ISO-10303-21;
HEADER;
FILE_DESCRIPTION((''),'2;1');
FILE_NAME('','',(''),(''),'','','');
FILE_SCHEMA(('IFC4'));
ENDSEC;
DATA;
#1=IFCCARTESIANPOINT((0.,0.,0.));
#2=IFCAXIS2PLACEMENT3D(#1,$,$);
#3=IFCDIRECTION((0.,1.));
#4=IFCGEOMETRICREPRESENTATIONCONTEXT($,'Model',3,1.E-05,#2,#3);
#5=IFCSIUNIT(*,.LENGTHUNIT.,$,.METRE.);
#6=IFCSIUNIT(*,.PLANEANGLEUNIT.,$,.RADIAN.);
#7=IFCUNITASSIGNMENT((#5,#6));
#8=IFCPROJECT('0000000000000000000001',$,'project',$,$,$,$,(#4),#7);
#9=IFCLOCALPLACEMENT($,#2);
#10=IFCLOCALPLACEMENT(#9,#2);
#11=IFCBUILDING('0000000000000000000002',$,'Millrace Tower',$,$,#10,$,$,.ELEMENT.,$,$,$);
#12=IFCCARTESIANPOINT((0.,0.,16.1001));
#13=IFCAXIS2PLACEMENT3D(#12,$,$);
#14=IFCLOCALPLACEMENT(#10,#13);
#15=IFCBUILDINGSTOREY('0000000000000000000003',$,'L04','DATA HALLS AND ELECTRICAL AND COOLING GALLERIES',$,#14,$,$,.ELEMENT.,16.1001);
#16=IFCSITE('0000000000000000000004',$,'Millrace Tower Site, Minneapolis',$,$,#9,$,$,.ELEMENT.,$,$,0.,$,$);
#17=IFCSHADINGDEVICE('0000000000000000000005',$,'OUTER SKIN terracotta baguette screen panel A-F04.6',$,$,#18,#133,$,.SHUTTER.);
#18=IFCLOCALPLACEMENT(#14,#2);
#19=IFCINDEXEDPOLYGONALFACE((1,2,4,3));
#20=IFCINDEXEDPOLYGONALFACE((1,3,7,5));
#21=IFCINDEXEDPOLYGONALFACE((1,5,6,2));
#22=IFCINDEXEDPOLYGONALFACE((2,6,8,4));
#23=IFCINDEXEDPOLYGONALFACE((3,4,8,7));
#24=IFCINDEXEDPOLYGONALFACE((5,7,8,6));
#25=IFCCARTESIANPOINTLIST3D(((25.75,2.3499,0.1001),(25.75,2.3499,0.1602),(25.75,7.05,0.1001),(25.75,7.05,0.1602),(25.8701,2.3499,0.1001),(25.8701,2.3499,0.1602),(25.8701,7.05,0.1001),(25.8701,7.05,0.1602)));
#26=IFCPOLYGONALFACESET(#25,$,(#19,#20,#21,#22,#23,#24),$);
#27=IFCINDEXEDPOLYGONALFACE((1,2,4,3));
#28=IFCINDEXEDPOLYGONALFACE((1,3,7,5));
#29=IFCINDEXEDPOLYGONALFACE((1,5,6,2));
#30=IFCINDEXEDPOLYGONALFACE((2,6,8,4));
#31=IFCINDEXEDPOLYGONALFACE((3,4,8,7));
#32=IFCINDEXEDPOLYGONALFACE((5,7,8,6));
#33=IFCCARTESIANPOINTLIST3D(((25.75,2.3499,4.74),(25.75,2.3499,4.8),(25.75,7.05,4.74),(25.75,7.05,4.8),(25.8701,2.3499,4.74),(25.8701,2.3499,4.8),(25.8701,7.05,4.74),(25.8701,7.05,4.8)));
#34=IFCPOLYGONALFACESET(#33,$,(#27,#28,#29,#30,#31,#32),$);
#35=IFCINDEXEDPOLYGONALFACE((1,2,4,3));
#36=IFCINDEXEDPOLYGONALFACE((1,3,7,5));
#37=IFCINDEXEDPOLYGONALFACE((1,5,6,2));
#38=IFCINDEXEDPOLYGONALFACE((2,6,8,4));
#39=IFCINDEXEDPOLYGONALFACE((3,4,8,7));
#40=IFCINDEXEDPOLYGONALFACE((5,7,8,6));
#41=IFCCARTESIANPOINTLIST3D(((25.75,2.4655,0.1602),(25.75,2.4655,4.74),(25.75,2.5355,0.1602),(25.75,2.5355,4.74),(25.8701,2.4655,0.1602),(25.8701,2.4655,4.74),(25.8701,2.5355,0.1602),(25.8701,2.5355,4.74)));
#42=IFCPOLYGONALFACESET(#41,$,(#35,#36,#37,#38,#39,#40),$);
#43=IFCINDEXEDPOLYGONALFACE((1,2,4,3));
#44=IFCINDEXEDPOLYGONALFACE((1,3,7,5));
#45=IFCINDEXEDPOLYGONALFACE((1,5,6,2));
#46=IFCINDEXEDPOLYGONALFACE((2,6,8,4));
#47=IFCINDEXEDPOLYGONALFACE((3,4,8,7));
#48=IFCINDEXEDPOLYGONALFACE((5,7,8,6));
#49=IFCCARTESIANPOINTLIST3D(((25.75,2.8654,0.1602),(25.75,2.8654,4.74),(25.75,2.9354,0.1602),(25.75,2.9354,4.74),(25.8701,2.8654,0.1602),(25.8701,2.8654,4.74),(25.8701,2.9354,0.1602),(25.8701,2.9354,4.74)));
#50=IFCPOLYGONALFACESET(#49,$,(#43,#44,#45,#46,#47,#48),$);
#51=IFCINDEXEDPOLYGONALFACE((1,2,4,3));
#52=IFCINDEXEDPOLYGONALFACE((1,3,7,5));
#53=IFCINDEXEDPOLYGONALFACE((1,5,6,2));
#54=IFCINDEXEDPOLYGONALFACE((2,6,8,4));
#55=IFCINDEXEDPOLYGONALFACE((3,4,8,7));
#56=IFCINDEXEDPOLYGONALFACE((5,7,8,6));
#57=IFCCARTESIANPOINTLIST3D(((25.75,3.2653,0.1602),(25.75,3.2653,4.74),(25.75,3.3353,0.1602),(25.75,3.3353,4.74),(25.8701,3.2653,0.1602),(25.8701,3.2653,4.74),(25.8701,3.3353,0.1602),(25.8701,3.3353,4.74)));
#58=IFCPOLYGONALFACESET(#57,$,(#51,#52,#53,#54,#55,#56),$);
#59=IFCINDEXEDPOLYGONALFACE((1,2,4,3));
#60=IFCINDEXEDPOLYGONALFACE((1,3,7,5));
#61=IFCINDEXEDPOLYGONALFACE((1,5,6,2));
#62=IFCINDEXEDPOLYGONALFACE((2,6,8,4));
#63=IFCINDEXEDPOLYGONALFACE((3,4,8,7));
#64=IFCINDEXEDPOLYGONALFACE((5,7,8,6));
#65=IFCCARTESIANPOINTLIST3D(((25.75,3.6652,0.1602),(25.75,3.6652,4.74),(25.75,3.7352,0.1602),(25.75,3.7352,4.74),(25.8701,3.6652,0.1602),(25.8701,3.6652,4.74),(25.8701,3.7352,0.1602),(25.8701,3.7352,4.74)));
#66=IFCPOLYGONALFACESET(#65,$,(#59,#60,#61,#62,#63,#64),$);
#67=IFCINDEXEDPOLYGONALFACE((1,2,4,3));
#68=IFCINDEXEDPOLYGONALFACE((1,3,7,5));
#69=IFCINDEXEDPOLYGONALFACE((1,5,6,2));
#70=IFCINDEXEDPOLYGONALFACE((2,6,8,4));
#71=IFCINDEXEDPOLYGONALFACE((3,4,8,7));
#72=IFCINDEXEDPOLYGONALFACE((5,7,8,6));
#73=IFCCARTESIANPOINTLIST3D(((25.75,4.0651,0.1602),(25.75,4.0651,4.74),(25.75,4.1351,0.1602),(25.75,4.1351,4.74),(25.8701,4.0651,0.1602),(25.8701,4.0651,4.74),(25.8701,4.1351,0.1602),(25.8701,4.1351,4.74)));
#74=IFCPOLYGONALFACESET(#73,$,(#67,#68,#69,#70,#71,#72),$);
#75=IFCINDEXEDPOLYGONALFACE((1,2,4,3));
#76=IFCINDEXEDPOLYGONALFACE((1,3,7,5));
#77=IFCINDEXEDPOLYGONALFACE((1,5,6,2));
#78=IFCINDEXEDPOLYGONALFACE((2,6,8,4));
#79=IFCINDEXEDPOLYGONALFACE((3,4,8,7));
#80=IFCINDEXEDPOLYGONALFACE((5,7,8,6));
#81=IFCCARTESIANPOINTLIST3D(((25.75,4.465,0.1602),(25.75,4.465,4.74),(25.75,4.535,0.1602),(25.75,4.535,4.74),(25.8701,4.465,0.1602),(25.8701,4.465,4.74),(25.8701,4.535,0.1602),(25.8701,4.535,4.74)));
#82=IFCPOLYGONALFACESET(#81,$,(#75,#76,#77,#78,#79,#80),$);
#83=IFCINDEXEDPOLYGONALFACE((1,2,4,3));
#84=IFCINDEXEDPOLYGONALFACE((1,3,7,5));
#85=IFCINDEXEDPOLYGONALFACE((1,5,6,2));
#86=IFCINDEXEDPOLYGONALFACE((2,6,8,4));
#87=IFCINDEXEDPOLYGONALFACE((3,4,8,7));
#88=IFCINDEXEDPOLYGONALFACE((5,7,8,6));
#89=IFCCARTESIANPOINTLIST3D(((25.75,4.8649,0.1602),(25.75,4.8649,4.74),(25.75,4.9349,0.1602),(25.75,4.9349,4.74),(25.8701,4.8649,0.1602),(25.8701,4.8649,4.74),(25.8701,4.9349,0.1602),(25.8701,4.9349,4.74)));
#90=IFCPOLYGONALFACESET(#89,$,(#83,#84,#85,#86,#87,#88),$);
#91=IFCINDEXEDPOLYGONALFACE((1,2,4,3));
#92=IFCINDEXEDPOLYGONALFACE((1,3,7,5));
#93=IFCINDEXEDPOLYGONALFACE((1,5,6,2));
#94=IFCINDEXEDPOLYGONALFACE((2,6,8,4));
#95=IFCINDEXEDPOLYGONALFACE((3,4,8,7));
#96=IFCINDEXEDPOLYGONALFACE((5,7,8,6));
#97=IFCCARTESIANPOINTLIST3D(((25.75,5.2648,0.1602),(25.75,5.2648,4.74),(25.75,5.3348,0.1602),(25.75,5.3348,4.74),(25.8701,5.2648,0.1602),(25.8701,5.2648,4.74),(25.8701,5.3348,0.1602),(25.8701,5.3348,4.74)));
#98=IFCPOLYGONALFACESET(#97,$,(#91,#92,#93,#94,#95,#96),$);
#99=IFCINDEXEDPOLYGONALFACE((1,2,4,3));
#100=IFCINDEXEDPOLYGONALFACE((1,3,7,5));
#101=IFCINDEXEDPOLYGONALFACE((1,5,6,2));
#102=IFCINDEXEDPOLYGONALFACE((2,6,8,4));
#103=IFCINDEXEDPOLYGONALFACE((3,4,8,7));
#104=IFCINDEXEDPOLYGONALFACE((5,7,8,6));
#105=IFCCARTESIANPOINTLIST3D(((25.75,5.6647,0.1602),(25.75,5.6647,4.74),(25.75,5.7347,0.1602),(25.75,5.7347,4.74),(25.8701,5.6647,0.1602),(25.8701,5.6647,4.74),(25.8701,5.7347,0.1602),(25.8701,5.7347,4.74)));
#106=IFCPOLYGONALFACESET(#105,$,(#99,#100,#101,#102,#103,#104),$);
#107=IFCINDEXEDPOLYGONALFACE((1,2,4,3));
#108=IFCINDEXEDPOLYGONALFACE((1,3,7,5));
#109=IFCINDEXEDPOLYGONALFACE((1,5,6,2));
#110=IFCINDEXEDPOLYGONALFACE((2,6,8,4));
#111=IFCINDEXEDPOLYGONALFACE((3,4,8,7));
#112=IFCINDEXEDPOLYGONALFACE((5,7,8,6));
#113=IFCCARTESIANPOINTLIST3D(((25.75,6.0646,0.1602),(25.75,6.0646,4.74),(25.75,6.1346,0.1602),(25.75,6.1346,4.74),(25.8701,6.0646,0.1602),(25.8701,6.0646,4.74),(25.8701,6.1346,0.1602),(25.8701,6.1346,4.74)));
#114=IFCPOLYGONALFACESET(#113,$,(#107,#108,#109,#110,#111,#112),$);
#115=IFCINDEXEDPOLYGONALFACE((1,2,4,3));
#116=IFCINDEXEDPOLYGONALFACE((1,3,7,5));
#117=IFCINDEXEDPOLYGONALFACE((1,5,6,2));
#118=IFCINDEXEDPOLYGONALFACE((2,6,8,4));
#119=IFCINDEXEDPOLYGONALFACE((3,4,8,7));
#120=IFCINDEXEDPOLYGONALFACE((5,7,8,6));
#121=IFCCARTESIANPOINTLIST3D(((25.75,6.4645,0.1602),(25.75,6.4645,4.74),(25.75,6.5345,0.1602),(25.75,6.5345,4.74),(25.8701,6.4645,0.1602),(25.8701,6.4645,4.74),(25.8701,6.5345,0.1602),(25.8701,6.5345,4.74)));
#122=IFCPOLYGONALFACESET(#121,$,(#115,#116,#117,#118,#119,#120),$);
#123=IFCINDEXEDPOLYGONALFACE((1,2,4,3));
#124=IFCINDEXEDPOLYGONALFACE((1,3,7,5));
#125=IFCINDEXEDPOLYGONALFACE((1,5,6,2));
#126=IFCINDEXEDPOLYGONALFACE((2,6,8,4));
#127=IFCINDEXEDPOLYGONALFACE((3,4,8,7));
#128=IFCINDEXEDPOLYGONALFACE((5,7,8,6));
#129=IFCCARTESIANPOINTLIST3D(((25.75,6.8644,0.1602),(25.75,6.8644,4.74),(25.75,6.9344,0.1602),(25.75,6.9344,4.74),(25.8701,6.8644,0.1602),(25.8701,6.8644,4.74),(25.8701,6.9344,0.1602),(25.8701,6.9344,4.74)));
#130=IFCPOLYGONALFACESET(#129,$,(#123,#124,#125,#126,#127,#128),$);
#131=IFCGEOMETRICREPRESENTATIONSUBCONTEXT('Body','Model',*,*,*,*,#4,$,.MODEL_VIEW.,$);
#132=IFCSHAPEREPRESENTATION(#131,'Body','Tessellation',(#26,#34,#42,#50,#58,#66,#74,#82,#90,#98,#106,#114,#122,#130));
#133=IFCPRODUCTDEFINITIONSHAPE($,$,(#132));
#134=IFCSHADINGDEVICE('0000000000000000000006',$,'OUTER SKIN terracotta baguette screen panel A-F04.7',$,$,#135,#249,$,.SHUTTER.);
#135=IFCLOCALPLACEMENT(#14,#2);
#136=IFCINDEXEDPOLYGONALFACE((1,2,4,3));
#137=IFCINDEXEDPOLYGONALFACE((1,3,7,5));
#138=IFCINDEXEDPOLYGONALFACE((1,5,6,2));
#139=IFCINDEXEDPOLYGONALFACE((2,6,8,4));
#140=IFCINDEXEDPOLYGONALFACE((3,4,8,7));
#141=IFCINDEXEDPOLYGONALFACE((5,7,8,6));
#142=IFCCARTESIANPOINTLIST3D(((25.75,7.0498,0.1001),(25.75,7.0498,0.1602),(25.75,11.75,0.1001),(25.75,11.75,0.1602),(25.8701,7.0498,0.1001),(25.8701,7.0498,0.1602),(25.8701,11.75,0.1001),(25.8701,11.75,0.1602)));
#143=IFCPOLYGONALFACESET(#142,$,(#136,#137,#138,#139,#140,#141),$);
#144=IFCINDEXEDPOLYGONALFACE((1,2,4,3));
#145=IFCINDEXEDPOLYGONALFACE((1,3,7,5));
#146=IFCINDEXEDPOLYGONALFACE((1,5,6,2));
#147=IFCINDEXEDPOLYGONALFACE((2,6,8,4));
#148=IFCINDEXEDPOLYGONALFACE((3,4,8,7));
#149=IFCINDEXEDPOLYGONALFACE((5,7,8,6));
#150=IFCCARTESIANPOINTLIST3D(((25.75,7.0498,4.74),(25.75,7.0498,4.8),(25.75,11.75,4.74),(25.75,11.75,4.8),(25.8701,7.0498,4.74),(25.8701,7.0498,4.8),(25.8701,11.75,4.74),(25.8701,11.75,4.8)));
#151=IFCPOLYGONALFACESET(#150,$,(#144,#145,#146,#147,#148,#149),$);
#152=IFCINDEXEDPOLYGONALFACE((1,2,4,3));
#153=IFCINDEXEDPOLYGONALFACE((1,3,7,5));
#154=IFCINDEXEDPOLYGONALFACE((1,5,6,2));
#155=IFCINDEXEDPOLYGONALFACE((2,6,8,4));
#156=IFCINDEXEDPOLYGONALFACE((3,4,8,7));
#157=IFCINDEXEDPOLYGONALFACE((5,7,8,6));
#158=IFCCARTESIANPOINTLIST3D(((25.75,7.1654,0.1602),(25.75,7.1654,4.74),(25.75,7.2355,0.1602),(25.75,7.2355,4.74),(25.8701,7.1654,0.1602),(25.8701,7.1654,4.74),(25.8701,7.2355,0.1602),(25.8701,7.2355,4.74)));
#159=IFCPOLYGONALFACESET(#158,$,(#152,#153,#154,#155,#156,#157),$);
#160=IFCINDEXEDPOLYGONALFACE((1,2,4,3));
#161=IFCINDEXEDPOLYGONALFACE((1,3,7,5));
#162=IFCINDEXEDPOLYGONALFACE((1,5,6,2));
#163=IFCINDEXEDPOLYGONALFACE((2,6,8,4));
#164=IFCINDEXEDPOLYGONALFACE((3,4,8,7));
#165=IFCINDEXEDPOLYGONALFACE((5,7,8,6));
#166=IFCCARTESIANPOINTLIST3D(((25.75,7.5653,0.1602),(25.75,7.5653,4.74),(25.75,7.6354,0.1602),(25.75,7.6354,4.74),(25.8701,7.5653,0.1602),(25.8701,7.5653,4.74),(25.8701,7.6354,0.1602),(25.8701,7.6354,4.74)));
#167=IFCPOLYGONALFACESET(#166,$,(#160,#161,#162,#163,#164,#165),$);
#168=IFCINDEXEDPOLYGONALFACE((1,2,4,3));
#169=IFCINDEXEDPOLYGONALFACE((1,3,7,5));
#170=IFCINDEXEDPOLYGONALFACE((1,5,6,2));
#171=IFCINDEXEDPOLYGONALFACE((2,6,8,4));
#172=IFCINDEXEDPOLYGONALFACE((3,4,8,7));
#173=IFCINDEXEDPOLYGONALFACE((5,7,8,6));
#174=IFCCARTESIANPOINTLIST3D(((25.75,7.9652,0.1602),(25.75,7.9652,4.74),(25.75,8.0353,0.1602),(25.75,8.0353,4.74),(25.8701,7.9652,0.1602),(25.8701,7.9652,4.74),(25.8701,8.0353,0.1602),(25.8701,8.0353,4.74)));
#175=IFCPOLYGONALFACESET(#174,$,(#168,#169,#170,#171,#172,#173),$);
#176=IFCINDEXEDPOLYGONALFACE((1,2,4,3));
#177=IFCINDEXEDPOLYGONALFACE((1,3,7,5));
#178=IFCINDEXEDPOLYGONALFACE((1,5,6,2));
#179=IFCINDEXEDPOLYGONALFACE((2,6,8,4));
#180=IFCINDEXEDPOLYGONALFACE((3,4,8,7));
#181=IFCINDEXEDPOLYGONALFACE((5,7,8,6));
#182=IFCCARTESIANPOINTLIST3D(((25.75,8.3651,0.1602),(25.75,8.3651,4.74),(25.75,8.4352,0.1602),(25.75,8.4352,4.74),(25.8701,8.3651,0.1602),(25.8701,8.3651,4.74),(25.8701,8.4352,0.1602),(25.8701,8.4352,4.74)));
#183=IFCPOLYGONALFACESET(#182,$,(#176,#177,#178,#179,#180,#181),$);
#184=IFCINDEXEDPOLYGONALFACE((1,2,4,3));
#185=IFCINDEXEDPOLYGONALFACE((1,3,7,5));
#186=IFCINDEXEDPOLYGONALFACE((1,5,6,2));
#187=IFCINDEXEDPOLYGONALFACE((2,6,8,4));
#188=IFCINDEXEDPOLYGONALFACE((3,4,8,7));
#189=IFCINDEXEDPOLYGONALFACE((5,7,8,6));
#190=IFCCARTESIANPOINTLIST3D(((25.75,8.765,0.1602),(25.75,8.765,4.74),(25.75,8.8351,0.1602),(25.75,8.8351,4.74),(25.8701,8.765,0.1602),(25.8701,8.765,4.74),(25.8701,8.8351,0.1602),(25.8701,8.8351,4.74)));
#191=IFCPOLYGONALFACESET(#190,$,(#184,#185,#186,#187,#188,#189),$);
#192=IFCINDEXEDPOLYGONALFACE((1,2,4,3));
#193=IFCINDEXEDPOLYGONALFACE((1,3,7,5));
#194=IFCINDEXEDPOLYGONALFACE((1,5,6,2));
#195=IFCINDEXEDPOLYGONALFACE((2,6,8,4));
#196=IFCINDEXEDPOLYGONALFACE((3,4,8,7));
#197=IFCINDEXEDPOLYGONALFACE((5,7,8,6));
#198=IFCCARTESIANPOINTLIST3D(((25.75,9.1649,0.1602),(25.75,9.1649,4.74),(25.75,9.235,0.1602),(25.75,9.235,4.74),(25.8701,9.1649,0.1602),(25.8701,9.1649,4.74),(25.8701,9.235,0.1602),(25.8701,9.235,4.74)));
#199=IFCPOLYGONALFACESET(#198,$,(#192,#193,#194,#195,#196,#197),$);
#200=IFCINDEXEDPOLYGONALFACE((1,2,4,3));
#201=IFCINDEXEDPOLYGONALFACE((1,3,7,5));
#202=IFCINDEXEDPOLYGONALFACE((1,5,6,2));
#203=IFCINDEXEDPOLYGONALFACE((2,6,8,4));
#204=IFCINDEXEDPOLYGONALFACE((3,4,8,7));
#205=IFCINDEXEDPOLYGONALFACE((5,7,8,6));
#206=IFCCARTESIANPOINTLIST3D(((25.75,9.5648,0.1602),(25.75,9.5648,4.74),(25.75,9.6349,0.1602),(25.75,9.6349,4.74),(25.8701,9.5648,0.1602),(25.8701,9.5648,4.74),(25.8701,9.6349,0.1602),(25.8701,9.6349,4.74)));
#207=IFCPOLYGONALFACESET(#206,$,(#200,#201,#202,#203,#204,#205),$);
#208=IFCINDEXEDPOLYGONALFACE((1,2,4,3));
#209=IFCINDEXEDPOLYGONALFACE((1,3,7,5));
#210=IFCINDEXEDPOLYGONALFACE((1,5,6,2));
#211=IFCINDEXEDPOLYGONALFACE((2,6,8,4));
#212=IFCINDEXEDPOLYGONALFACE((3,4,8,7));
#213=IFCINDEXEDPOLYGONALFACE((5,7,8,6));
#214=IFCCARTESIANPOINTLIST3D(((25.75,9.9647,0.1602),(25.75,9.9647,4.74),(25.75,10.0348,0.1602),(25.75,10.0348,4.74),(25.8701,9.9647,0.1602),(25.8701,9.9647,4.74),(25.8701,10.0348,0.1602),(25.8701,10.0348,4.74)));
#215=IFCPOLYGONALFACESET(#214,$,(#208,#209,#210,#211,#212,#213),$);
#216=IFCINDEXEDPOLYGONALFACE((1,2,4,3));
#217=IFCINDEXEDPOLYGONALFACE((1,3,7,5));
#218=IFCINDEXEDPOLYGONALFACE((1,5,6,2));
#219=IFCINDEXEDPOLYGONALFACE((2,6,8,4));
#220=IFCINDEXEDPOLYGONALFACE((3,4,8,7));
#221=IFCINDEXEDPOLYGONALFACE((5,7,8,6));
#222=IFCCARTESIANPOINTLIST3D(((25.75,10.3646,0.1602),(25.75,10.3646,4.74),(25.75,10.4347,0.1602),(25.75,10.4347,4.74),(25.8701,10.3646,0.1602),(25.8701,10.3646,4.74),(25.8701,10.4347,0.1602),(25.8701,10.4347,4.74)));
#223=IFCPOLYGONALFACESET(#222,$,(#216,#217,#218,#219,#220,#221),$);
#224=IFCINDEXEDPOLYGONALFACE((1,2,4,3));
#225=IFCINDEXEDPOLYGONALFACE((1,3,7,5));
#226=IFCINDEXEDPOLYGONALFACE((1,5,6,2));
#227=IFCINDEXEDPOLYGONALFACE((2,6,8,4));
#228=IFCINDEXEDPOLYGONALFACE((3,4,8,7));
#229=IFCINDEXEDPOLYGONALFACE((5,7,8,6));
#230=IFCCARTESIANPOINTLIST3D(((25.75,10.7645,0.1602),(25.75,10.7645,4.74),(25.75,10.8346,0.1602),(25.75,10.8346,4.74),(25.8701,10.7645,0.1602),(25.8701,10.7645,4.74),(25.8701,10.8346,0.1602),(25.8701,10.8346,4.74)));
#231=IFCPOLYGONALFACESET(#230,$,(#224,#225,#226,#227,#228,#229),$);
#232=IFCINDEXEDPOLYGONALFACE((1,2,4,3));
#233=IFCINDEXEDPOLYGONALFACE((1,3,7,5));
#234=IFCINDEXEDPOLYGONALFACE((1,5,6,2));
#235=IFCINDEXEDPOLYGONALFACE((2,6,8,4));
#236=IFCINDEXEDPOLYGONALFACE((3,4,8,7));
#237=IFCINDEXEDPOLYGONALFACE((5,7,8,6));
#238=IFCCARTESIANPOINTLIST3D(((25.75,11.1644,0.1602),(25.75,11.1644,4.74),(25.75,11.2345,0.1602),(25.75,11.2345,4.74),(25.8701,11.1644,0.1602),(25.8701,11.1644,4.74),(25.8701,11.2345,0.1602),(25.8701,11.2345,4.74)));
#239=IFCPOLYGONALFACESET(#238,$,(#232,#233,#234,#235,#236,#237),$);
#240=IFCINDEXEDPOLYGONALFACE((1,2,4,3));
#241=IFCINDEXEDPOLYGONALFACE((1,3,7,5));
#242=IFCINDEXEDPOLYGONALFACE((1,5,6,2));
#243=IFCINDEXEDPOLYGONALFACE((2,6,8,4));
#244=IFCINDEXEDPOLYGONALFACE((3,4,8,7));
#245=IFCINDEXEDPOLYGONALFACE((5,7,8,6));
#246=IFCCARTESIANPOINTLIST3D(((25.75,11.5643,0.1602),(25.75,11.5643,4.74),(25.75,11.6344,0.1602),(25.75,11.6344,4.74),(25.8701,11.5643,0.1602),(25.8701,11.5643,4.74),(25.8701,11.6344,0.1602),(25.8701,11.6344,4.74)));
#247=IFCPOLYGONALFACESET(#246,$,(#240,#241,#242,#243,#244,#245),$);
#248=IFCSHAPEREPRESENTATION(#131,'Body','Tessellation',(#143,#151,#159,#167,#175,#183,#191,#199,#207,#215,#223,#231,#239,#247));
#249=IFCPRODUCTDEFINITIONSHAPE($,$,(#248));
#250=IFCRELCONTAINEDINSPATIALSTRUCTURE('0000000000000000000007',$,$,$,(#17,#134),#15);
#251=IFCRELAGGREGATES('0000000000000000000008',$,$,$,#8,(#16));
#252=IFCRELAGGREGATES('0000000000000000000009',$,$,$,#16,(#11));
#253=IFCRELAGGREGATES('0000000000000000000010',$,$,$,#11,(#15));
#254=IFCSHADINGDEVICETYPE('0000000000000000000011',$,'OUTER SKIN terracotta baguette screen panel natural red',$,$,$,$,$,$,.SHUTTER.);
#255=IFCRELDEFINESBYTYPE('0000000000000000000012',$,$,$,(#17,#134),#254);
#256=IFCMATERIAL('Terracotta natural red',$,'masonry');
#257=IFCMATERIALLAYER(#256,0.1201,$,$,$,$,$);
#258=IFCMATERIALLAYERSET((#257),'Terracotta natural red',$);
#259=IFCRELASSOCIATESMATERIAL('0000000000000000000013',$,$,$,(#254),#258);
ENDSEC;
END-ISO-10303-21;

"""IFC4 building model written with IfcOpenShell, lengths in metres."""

from ifc_helpers import new_model, entity, si_unit, direction, frame, frame_2d, origin, place, context, subcontext, project, spatial, rectangle, extrude, source, transform, mapped, material, layer, layer_set, type_object, element, save


model = new_model("IFC4")

# Units and contexts
model_context = context("Model", 3, precision=1e-05, world=origin(), true_north=direction((0.0, 1.0)))
body_context = subcontext(model_context, "Body", "Model", "MODEL_VIEW")
ifc_project = project(units=[si_unit("LENGTHUNIT", "METRE"), si_unit("PLANEANGLEUNIT", "RADIAN")], contexts=[model_context])

# Site, building, storey
site_placement = place(None, origin())
site = spatial("IfcSite", under=ifc_project, at=site_placement, Name="Millrace Tower Site, Minneapolis", CompositionType="ELEMENT", RefElevation=0.0)
building_placement = place(site_placement, origin())
building = spatial("IfcBuilding", under=site, at=building_placement, Name="Millrace Tower", CompositionType="ELEMENT")
storey_placement = place(building_placement, frame((0.0, 0.0, 16.1001)))
storey = spatial("IfcBuildingStorey", under=building, at=storey_placement, Name="L04", Description="DATA HALLS AND ELECTRICAL AND COOLING GALLERIES", CompositionType="ELEMENT", Elevation=16.1001)

# Shading devices
ifc_material_1 = material(Name="Terracotta natural red", Category="masonry")
ifc_layer_1 = layer(ifc_material_1, 0.1201)
ifc_layer_set_1 = layer_set([ifc_layer_1], Name="Terracotta natural red")
shading_device_type = type_object("IfcShadingDeviceType", Name="OUTER SKIN terracotta baguette screen panel natural red", PredefinedType="SHUTTER", material=ifc_layer_set_1)
cartesian_point = entity("IfcCartesianPoint", [-2.3501, 0.0601])
shared_polyline = entity("IfcPolyline", [cartesian_point, entity("IfcCartesianPoint", [2.3501, 0.0601]), entity("IfcCartesianPoint", [2.3501, -0.0601]), entity("IfcCartesianPoint", [-2.3501, -0.0601]), cartesian_point])
shared_shape = source(origin(), body_context, "Body", "SweptSolid", [
    entity("IfcExtrudedAreaSolid", entity("IfcArbitraryClosedProfileDef", "AREA", None, shared_polyline), entity("IfcAxis2Placement3D", entity("IfcCartesianPoint", [0.0, 0.0, 0.0])), entity("IfcDirection", [0.0, 0.0, 1.0]), 0.0601),
    entity("IfcExtrudedAreaSolid", entity("IfcArbitraryClosedProfileDef", "AREA", None, shared_polyline), entity("IfcAxis2Placement3D", entity("IfcCartesianPoint", [0.0, 0.0, 4.6399])), entity("IfcDirection", [0.0, 0.0, 1.0]), 0.0601),
    extrude(rectangle(XDim=0.0701, YDim=0.1201, at=frame_2d((-2.1995, 0.0))), frame((0.0, 0.0, 0.0601)), (0.0, 0.0, 1.0), 4.5798),
    extrude(rectangle(XDim=0.0701, YDim=0.1201, at=frame_2d((-1.7996, 0.0))), frame((0.0, 0.0, 0.0601)), (0.0, 0.0, 1.0), 4.5798),
    extrude(rectangle(XDim=0.0701, YDim=0.1201, at=frame_2d((-1.3997, 0.0))), frame((0.0, 0.0, 0.0601)), (0.0, 0.0, 1.0), 4.5798),
    extrude(rectangle(XDim=0.0701, YDim=0.1201, at=frame_2d((-0.9998, 0.0))), frame((0.0, 0.0, 0.0601)), (0.0, 0.0, 1.0), 4.5798),
    extrude(rectangle(XDim=0.0701, YDim=0.1201, at=frame_2d((-0.5999, 0.0))), frame((0.0, 0.0, 0.0601)), (0.0, 0.0, 1.0), 4.5798),
    extrude(rectangle(XDim=0.0701, YDim=0.1201, at=frame_2d((-0.2, 0.0))), frame((0.0, 0.0, 0.0601)), (0.0, 0.0, 1.0), 4.5798),
    extrude(rectangle(XDim=0.0701, YDim=0.1201, at=frame_2d((0.2, 0.0))), frame((0.0, 0.0, 0.0601)), (0.0, 0.0, 1.0), 4.5798),
    extrude(rectangle(XDim=0.0701, YDim=0.1201, at=frame_2d((0.5999, 0.0))), frame((0.0, 0.0, 0.0601)), (0.0, 0.0, 1.0), 4.5798),
    extrude(rectangle(XDim=0.0701, YDim=0.1201, at=frame_2d((0.9998, 0.0))), frame((0.0, 0.0, 0.0601)), (0.0, 0.0, 1.0), 4.5798),
    extrude(rectangle(XDim=0.0701, YDim=0.1201, at=frame_2d((1.3997, 0.0))), frame((0.0, 0.0, 0.0601)), (0.0, 0.0, 1.0), 4.5798),
    extrude(rectangle(XDim=0.0701, YDim=0.1201, at=frame_2d((1.7996, 0.0))), frame((0.0, 0.0, 0.0601)), (0.0, 0.0, 1.0), 4.5798),
    extrude(rectangle(XDim=0.0701, YDim=0.1201, at=frame_2d((2.1995, 0.0))), frame((0.0, 0.0, 0.0601)), (0.0, 0.0, 1.0), 4.5798),
])
for number, where, z_axis, x_axis, name in (
    (1, (25.8101, 4.7, 0.1001), (0.0, 0.0, 1.0), (0.0, 1.0, 0.0), "OUTER SKIN terracotta baguette screen panel A-F04.6"),
    (2, (25.8101, 9.3999, 0.1001), (0.0, 0.0, 1.0), (0.0, 1.0, 0.0), "OUTER SKIN terracotta baguette screen panel A-F04.7"),
):
    element("IfcShadingDevice", number, at=place(storey_placement, frame(where, z_axis=z_axis, x_axis=x_axis)), inside=storey, type_object=shading_device_type, Name=name, PredefinedType="SHUTTER", context=body_context, shape_type="MappedRepresentation", body=[
        mapped(shared_shape, transform((0.0, 0.0, 0.0), scale=1.0)),
    ])

save(model, "model.ifc")
